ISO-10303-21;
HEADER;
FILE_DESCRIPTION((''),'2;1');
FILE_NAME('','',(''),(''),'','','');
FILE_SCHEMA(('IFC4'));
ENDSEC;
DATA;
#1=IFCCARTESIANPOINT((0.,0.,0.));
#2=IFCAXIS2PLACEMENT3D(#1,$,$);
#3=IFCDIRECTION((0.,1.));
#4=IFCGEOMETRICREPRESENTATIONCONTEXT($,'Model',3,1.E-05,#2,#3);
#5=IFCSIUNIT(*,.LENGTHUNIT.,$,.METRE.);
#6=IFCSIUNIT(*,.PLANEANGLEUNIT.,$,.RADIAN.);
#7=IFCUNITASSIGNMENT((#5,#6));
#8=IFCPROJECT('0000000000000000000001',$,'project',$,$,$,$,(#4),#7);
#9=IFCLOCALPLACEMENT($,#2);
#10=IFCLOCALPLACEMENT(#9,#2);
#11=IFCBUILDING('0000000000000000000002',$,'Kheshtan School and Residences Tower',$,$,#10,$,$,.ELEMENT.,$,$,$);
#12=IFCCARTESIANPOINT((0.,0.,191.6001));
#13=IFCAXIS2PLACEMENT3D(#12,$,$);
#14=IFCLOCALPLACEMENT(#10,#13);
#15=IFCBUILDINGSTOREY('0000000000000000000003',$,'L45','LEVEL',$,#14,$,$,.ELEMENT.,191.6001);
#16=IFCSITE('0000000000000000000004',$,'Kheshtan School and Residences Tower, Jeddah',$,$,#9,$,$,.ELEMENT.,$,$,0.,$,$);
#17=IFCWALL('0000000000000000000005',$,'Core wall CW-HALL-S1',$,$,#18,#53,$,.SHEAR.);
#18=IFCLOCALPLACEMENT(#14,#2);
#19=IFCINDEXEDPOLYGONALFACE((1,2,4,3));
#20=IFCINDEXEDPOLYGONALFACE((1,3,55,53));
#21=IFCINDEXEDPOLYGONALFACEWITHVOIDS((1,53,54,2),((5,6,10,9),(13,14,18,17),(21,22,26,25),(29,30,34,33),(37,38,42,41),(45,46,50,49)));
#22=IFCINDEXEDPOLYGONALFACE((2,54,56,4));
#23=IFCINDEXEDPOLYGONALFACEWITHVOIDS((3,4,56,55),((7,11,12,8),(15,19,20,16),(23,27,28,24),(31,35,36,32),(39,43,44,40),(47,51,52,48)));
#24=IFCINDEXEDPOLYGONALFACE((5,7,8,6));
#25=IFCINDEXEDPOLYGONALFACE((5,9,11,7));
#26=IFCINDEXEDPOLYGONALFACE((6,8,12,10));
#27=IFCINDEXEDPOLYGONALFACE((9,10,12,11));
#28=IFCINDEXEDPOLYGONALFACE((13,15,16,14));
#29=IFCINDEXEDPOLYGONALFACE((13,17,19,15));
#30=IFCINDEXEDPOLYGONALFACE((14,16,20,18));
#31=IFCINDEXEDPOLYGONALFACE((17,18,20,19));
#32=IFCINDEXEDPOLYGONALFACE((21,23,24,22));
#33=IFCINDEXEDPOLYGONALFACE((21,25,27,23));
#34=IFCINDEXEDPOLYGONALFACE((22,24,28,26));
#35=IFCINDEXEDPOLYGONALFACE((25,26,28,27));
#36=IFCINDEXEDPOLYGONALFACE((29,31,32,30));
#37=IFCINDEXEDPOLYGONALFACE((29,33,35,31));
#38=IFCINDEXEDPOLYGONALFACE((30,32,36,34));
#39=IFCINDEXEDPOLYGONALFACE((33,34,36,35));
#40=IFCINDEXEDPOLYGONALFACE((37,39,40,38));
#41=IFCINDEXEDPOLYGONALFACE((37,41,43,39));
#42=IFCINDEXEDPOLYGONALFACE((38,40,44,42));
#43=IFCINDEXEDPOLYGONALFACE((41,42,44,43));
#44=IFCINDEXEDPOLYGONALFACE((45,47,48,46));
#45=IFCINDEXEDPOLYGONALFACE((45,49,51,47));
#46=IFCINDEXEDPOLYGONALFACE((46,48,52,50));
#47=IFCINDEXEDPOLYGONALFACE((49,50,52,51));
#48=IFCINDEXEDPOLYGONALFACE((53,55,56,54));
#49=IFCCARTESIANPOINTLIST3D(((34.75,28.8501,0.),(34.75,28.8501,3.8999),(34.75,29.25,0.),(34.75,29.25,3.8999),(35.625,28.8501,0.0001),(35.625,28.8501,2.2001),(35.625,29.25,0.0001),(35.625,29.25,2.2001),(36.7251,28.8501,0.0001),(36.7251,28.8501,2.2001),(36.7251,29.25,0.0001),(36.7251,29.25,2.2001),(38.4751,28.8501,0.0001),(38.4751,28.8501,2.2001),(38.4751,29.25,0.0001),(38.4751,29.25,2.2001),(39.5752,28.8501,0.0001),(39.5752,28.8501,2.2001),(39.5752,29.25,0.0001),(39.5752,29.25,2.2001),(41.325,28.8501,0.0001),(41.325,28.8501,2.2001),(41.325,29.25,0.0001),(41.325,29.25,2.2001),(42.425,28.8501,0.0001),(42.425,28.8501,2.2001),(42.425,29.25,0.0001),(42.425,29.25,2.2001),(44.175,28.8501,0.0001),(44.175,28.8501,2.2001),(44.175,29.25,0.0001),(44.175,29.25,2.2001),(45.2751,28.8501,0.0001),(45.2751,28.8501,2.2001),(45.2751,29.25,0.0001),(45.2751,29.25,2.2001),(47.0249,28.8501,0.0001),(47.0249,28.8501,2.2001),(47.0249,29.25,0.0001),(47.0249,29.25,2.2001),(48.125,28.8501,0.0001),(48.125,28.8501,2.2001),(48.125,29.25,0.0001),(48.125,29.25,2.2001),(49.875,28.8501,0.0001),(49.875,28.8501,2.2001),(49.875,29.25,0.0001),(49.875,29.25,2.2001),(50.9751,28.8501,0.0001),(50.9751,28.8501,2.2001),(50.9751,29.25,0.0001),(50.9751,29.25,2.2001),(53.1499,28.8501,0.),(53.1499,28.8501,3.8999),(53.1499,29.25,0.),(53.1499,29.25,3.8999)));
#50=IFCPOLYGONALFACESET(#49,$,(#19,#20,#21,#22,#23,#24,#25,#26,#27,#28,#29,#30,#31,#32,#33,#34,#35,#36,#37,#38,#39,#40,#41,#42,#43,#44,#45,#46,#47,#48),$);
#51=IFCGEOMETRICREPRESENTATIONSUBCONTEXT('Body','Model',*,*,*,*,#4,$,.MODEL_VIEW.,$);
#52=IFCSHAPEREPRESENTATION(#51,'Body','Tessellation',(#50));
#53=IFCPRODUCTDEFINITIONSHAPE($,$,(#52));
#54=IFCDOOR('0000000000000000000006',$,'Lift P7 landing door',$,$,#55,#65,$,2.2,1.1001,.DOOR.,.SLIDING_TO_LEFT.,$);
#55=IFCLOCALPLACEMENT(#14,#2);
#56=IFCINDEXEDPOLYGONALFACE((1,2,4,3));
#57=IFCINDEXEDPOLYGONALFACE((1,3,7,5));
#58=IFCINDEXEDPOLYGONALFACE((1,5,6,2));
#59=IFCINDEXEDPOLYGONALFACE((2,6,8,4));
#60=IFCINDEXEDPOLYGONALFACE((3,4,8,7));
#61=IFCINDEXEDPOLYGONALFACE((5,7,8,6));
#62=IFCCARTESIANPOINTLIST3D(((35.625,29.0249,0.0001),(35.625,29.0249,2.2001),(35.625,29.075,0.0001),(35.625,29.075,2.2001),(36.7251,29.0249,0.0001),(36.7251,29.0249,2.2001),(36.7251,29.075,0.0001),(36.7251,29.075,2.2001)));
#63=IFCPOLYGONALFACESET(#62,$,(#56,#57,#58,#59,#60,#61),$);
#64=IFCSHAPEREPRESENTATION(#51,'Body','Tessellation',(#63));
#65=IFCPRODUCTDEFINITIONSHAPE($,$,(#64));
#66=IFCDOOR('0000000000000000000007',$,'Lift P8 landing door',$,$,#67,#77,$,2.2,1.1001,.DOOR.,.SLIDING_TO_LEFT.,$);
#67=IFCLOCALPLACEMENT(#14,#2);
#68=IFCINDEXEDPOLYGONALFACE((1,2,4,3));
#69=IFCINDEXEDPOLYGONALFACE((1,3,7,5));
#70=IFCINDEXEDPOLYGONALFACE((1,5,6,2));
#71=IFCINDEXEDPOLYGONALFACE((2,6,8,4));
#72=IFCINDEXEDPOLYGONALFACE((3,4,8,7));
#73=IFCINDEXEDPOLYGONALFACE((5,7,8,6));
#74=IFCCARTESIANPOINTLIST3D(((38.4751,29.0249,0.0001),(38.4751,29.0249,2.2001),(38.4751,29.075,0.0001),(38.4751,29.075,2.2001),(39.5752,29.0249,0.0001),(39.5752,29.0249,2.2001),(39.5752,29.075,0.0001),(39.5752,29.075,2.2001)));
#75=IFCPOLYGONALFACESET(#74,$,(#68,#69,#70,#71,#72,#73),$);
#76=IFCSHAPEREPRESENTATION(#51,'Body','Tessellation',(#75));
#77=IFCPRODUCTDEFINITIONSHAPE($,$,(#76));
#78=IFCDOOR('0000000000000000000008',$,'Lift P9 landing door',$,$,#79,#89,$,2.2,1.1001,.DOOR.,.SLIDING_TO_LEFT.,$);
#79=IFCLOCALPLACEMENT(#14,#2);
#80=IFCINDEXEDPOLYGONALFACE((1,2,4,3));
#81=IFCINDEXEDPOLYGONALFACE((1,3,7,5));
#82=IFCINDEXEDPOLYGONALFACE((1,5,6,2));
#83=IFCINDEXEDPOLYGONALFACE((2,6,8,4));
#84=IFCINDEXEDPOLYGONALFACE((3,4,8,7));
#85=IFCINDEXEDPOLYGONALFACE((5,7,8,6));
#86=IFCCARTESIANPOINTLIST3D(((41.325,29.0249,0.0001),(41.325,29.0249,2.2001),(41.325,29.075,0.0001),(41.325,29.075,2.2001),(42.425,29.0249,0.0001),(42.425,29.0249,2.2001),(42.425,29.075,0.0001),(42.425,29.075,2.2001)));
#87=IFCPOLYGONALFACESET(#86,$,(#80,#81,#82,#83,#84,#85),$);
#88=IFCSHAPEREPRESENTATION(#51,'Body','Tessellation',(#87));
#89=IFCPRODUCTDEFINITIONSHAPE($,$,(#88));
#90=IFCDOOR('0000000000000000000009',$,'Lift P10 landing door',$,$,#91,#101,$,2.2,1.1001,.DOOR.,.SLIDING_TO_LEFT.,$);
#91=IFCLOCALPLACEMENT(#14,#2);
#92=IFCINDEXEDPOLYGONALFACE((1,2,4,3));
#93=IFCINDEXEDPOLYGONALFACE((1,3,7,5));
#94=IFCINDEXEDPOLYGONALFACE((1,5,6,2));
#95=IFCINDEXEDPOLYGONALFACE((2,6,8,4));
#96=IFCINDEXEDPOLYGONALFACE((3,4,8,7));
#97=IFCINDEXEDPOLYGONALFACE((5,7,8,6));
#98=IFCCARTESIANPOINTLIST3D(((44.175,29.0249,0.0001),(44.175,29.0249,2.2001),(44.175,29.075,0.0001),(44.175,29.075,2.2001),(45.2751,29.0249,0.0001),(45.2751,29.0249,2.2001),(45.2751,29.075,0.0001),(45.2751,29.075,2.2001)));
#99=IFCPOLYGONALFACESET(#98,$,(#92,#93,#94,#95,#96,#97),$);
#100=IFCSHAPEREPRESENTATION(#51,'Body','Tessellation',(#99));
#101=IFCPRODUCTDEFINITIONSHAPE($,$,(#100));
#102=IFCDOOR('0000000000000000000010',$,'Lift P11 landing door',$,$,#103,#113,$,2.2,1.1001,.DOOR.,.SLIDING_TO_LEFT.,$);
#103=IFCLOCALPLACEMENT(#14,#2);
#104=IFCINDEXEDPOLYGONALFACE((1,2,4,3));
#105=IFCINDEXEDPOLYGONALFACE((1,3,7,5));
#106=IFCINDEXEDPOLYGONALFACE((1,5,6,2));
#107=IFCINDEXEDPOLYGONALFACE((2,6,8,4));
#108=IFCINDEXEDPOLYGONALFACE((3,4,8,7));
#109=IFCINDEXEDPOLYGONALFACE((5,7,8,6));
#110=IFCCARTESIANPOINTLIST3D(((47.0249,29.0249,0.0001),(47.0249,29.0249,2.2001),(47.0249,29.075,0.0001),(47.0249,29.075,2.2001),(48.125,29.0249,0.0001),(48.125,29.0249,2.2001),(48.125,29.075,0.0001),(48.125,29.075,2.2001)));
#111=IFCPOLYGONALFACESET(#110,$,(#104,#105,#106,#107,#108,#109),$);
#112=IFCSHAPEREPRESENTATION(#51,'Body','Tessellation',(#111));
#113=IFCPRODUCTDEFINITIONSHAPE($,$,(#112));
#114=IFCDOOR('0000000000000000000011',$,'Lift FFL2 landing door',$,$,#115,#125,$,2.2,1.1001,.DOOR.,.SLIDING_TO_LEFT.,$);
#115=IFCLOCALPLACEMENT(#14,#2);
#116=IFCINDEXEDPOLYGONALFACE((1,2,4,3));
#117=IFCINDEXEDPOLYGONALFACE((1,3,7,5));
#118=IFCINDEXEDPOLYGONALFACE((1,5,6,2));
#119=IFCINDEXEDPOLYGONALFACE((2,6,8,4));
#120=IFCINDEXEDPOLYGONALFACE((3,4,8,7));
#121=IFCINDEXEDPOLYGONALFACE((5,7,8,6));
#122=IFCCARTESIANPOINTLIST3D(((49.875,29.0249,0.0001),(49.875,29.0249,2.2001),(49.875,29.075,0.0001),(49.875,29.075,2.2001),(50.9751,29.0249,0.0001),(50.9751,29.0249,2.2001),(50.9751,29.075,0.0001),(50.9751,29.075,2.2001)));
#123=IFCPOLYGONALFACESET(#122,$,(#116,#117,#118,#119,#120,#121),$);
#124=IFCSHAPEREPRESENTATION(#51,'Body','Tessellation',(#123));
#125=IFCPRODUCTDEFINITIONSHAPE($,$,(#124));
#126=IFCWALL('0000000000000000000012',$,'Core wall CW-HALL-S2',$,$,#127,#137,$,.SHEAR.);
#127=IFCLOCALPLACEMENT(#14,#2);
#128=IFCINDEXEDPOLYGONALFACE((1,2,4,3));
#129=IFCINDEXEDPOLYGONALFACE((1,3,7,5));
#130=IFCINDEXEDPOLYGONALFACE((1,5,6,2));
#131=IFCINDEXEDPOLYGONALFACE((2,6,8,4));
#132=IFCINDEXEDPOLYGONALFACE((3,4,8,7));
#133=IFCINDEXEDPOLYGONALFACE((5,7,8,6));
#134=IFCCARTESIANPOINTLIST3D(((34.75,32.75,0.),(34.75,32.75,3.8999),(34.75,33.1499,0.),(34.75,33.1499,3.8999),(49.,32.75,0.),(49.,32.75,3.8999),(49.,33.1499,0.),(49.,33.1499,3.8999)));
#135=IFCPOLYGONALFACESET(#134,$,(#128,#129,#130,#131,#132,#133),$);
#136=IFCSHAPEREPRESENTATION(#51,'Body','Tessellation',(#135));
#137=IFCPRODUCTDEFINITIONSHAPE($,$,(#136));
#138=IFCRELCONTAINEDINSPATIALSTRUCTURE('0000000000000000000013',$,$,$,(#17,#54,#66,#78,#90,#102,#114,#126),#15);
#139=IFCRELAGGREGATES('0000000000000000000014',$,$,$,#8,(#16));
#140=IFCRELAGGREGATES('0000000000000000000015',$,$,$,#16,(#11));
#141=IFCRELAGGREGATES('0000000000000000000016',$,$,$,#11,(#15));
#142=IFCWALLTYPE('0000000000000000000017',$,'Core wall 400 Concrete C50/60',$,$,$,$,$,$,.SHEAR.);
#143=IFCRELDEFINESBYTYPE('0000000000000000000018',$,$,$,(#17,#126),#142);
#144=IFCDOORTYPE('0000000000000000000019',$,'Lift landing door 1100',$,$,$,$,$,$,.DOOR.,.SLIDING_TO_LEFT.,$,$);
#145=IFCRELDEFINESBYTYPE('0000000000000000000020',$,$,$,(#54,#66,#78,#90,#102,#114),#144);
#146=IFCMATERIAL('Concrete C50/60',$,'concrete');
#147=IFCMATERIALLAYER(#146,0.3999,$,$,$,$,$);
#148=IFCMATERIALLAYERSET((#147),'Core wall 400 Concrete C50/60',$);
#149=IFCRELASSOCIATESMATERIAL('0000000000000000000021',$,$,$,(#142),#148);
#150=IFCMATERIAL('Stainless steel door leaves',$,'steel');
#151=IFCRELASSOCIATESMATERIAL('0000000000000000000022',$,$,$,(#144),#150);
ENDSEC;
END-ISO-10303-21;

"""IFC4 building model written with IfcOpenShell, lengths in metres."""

from ifc_helpers import new_model, si_unit, direction, frame, frame_2d, origin, place, context, subcontext, project, spatial, rectangle, extrude, source, transform, mapped, material, layer, layer_set, type_object, element, fill, save


model = new_model("IFC4")

# Units and contexts
model_context = context("Model", 3, precision=1e-05, world=origin(), true_north=direction((0.0, 1.0)))
body_context = subcontext(model_context, "Body", "Model", "MODEL_VIEW")
ifc_project = project(units=[si_unit("LENGTHUNIT", "METRE"), si_unit("PLANEANGLEUNIT", "RADIAN")], contexts=[model_context])

# Site, building, storey
site_placement = place(None, origin())
site = spatial("IfcSite", under=ifc_project, at=site_placement, Name="Kheshtan School and Residences Tower, Jeddah", CompositionType="ELEMENT", RefElevation=0.0)
building_placement = place(site_placement, origin())
building = spatial("IfcBuilding", under=site, at=building_placement, Name="Kheshtan School and Residences Tower", CompositionType="ELEMENT")
storey_placement = place(building_placement, frame((0.0, 0.0, 191.6001)))
storey = spatial("IfcBuildingStorey", under=building, at=storey_placement, Name="L45", Description="LEVEL", CompositionType="ELEMENT", Elevation=191.6001)

# Wall, openings, doors
ifc_material_1 = material(Name="Concrete C50/60", Category="concrete")
ifc_layer_1 = layer(ifc_material_1, 0.3999)
ifc_layer_set_1 = layer_set([ifc_layer_1], Name="Core wall 400 Concrete C50/60")
wall_type_1 = type_object("IfcWallType", Name="Core wall 400 Concrete C50/60", PredefinedType="SHEAR", material=ifc_layer_set_1)
wall_1_placement = place(storey_placement, frame((34.75, 29.05, 0.0), z_axis=(0.0, 0.0, 1.0), x_axis=(1.0, 0.0, 0.0)))
wall_1 = element("IfcWall", 1, at=wall_1_placement, inside=storey, type_object=wall_type_1, Name="Core wall CW-HALL-S1", PredefinedType="SHEAR", context=body_context, shape_type="SweptSolid", body=[
    extrude(rectangle(XDim=18.3999, YDim=0.3999, at=frame_2d((9.2, 0.0))), origin(), (0.0, 0.0, 1.0), 3.8999),
])
opening_1_placement = place(wall_1_placement, frame((0.875, 0.0, 0.0)))
opening_1 = element("IfcOpeningElement", 2, at=opening_1_placement, cuts=wall_1, PredefinedType="OPENING", context=body_context, shape_type="SweptSolid", body=[
    extrude(rectangle(XDim=1.1001, YDim=2.2, at=frame_2d((0.55, 1.1001))), frame((0.0, 0.21, 0.0), z_axis=(0.0, -1.0, 0.0), x_axis=(1.0, 0.0, 0.0)), (0.0, 0.0, 1.0), 0.4199),
])
opening_2_placement = place(wall_1_placement, frame((3.7251, 0.0, 0.0)))
opening_2 = element("IfcOpeningElement", 3, at=opening_2_placement, cuts=wall_1, PredefinedType="OPENING", context=body_context, shape_type="SweptSolid", body=[
    extrude(rectangle(XDim=1.1001, YDim=2.2, at=frame_2d((0.55, 1.1001))), frame((0.0, 0.21, 0.0), z_axis=(0.0, -1.0, 0.0), x_axis=(1.0, 0.0, 0.0)), (0.0, 0.0, 1.0), 0.4199),
])
opening_3_placement = place(wall_1_placement, frame((6.575, 0.0, 0.0)))
opening_3 = element("IfcOpeningElement", 4, at=opening_3_placement, cuts=wall_1, PredefinedType="OPENING", context=body_context, shape_type="SweptSolid", body=[
    extrude(rectangle(XDim=1.1001, YDim=2.2, at=frame_2d((0.55, 1.1001))), frame((0.0, 0.21, 0.0), z_axis=(0.0, -1.0, 0.0), x_axis=(1.0, 0.0, 0.0)), (0.0, 0.0, 1.0), 0.4199),
])
opening_4_placement = place(wall_1_placement, frame((9.425, 0.0, 0.0)))
opening_4 = element("IfcOpeningElement", 5, at=opening_4_placement, cuts=wall_1, PredefinedType="OPENING", context=body_context, shape_type="SweptSolid", body=[
    extrude(rectangle(XDim=1.1001, YDim=2.2, at=frame_2d((0.55, 1.1001))), frame((0.0, 0.21, 0.0), z_axis=(0.0, -1.0, 0.0), x_axis=(1.0, 0.0, 0.0)), (0.0, 0.0, 1.0), 0.4199),
])
opening_5_placement = place(wall_1_placement, frame((12.2749, 0.0, 0.0)))
opening_5 = element("IfcOpeningElement", 6, at=opening_5_placement, cuts=wall_1, PredefinedType="OPENING", context=body_context, shape_type="SweptSolid", body=[
    extrude(rectangle(XDim=1.1001, YDim=2.2, at=frame_2d((0.55, 1.1001))), frame((0.0, 0.21, 0.0), z_axis=(0.0, -1.0, 0.0), x_axis=(1.0, 0.0, 0.0)), (0.0, 0.0, 1.0), 0.4199),
])
opening_6_placement = place(wall_1_placement, frame((15.125, 0.0, 0.0)))
opening_6 = element("IfcOpeningElement", 7, at=opening_6_placement, cuts=wall_1, PredefinedType="OPENING", context=body_context, shape_type="SweptSolid", body=[
    extrude(rectangle(XDim=1.1001, YDim=2.2, at=frame_2d((0.55, 1.1001))), frame((0.0, 0.21, 0.0), z_axis=(0.0, -1.0, 0.0), x_axis=(1.0, 0.0, 0.0)), (0.0, 0.0, 1.0), 0.4199),
])
ifc_material_2 = material(Name="Stainless steel door leaves", Category="steel")
door_type_1 = type_object("IfcDoorType", Name="Lift landing door 1100", OperationType="SLIDING_TO_LEFT", PredefinedType="DOOR", material=ifc_material_2)
shared_shape_1 = source(origin(), body_context, "Body", "SweptSolid", [
    extrude(rectangle(XDim=1.1001, YDim=2.2, at=frame_2d((0.55, 1.1001))), frame((0.0, 0.0249, 0.0), z_axis=(0.0, -1.0, 0.0), x_axis=(1.0, 0.0, 0.0)), (0.0, 0.0, 1.0), 0.05),
])
door_1_placement = place(opening_1_placement, origin())
door_1 = element("IfcDoor", 8, at=door_1_placement, inside=storey, type_object=door_type_1, Name="Lift P7 landing door", OperationType="SLIDING_TO_LEFT", OverallHeight=2.2, OverallWidth=1.1001, PredefinedType="DOOR", context=body_context, shape_type="MappedRepresentation", body=[
    mapped(shared_shape_1, transform((0.0, 0.0, 0.0), x_axis=(1.0, 0.0, 0.0), y_axis=(0.0, 1.0, 0.0), z_axis=(0.0, 0.0, 1.0), scale=1.0)),
])
fill(opening_1, door_1)
door_2_placement = place(opening_2_placement, origin())
door_2 = element("IfcDoor", 9, at=door_2_placement, inside=storey, type_object=door_type_1, Name="Lift P8 landing door", OperationType="SLIDING_TO_LEFT", OverallHeight=2.2, OverallWidth=1.1001, PredefinedType="DOOR", context=body_context, shape_type="MappedRepresentation", body=[
    mapped(shared_shape_1, transform((0.0, 0.0, 0.0), x_axis=(1.0, 0.0, 0.0), y_axis=(0.0, 1.0, 0.0), z_axis=(0.0, 0.0, 1.0), scale=1.0)),
])
fill(opening_2, door_2)
door_3_placement = place(opening_3_placement, origin())
door_3 = element("IfcDoor", 10, at=door_3_placement, inside=storey, type_object=door_type_1, Name="Lift P9 landing door", OperationType="SLIDING_TO_LEFT", OverallHeight=2.2, OverallWidth=1.1001, PredefinedType="DOOR", context=body_context, shape_type="MappedRepresentation", body=[
    mapped(shared_shape_1, transform((0.0, 0.0, 0.0), x_axis=(1.0, 0.0, 0.0), y_axis=(0.0, 1.0, 0.0), z_axis=(0.0, 0.0, 1.0), scale=1.0)),
])
fill(opening_3, door_3)
door_4_placement = place(opening_4_placement, origin())
door_4 = element("IfcDoor", 11, at=door_4_placement, inside=storey, type_object=door_type_1, Name="Lift P10 landing door", OperationType="SLIDING_TO_LEFT", OverallHeight=2.2, OverallWidth=1.1001, PredefinedType="DOOR", context=body_context, shape_type="MappedRepresentation", body=[
    mapped(shared_shape_1, transform((0.0, 0.0, 0.0), x_axis=(1.0, 0.0, 0.0), y_axis=(0.0, 1.0, 0.0), z_axis=(0.0, 0.0, 1.0), scale=1.0)),
])
fill(opening_4, door_4)
door_5_placement = place(opening_5_placement, origin())
door_5 = element("IfcDoor", 12, at=door_5_placement, inside=storey, type_object=door_type_1, Name="Lift P11 landing door", OperationType="SLIDING_TO_LEFT", OverallHeight=2.2, OverallWidth=1.1001, PredefinedType="DOOR", context=body_context, shape_type="MappedRepresentation", body=[
    mapped(shared_shape_1, transform((0.0, 0.0, 0.0), x_axis=(1.0, 0.0, 0.0), y_axis=(0.0, 1.0, 0.0), z_axis=(0.0, 0.0, 1.0), scale=1.0)),
])
fill(opening_5, door_5)
door_6_placement = place(opening_6_placement, origin())
door_6 = element("IfcDoor", 13, at=door_6_placement, inside=storey, type_object=door_type_1, Name="Lift FFL2 landing door", OperationType="SLIDING_TO_LEFT", OverallHeight=2.2, OverallWidth=1.1001, PredefinedType="DOOR", context=body_context, shape_type="MappedRepresentation", body=[
    mapped(shared_shape_1, transform((0.0, 0.0, 0.0), x_axis=(1.0, 0.0, 0.0), y_axis=(0.0, 1.0, 0.0), z_axis=(0.0, 0.0, 1.0), scale=1.0)),
])
fill(opening_6, door_6)

# Wall
wall_2_placement = place(storey_placement, frame((34.75, 32.95, 0.0), z_axis=(0.0, 0.0, 1.0), x_axis=(1.0, 0.0, 0.0)))
element("IfcWall", 14, at=wall_2_placement, inside=storey, type_object=wall_type_1, Name="Core wall CW-HALL-S2", PredefinedType="SHEAR", context=body_context, shape_type="SweptSolid", body=[
    extrude(rectangle(XDim=14.25, YDim=0.3999, at=frame_2d((7.125, 0.0))), origin(), (0.0, 0.0, 1.0), 3.8999),
])

save(model, "model.ifc")
